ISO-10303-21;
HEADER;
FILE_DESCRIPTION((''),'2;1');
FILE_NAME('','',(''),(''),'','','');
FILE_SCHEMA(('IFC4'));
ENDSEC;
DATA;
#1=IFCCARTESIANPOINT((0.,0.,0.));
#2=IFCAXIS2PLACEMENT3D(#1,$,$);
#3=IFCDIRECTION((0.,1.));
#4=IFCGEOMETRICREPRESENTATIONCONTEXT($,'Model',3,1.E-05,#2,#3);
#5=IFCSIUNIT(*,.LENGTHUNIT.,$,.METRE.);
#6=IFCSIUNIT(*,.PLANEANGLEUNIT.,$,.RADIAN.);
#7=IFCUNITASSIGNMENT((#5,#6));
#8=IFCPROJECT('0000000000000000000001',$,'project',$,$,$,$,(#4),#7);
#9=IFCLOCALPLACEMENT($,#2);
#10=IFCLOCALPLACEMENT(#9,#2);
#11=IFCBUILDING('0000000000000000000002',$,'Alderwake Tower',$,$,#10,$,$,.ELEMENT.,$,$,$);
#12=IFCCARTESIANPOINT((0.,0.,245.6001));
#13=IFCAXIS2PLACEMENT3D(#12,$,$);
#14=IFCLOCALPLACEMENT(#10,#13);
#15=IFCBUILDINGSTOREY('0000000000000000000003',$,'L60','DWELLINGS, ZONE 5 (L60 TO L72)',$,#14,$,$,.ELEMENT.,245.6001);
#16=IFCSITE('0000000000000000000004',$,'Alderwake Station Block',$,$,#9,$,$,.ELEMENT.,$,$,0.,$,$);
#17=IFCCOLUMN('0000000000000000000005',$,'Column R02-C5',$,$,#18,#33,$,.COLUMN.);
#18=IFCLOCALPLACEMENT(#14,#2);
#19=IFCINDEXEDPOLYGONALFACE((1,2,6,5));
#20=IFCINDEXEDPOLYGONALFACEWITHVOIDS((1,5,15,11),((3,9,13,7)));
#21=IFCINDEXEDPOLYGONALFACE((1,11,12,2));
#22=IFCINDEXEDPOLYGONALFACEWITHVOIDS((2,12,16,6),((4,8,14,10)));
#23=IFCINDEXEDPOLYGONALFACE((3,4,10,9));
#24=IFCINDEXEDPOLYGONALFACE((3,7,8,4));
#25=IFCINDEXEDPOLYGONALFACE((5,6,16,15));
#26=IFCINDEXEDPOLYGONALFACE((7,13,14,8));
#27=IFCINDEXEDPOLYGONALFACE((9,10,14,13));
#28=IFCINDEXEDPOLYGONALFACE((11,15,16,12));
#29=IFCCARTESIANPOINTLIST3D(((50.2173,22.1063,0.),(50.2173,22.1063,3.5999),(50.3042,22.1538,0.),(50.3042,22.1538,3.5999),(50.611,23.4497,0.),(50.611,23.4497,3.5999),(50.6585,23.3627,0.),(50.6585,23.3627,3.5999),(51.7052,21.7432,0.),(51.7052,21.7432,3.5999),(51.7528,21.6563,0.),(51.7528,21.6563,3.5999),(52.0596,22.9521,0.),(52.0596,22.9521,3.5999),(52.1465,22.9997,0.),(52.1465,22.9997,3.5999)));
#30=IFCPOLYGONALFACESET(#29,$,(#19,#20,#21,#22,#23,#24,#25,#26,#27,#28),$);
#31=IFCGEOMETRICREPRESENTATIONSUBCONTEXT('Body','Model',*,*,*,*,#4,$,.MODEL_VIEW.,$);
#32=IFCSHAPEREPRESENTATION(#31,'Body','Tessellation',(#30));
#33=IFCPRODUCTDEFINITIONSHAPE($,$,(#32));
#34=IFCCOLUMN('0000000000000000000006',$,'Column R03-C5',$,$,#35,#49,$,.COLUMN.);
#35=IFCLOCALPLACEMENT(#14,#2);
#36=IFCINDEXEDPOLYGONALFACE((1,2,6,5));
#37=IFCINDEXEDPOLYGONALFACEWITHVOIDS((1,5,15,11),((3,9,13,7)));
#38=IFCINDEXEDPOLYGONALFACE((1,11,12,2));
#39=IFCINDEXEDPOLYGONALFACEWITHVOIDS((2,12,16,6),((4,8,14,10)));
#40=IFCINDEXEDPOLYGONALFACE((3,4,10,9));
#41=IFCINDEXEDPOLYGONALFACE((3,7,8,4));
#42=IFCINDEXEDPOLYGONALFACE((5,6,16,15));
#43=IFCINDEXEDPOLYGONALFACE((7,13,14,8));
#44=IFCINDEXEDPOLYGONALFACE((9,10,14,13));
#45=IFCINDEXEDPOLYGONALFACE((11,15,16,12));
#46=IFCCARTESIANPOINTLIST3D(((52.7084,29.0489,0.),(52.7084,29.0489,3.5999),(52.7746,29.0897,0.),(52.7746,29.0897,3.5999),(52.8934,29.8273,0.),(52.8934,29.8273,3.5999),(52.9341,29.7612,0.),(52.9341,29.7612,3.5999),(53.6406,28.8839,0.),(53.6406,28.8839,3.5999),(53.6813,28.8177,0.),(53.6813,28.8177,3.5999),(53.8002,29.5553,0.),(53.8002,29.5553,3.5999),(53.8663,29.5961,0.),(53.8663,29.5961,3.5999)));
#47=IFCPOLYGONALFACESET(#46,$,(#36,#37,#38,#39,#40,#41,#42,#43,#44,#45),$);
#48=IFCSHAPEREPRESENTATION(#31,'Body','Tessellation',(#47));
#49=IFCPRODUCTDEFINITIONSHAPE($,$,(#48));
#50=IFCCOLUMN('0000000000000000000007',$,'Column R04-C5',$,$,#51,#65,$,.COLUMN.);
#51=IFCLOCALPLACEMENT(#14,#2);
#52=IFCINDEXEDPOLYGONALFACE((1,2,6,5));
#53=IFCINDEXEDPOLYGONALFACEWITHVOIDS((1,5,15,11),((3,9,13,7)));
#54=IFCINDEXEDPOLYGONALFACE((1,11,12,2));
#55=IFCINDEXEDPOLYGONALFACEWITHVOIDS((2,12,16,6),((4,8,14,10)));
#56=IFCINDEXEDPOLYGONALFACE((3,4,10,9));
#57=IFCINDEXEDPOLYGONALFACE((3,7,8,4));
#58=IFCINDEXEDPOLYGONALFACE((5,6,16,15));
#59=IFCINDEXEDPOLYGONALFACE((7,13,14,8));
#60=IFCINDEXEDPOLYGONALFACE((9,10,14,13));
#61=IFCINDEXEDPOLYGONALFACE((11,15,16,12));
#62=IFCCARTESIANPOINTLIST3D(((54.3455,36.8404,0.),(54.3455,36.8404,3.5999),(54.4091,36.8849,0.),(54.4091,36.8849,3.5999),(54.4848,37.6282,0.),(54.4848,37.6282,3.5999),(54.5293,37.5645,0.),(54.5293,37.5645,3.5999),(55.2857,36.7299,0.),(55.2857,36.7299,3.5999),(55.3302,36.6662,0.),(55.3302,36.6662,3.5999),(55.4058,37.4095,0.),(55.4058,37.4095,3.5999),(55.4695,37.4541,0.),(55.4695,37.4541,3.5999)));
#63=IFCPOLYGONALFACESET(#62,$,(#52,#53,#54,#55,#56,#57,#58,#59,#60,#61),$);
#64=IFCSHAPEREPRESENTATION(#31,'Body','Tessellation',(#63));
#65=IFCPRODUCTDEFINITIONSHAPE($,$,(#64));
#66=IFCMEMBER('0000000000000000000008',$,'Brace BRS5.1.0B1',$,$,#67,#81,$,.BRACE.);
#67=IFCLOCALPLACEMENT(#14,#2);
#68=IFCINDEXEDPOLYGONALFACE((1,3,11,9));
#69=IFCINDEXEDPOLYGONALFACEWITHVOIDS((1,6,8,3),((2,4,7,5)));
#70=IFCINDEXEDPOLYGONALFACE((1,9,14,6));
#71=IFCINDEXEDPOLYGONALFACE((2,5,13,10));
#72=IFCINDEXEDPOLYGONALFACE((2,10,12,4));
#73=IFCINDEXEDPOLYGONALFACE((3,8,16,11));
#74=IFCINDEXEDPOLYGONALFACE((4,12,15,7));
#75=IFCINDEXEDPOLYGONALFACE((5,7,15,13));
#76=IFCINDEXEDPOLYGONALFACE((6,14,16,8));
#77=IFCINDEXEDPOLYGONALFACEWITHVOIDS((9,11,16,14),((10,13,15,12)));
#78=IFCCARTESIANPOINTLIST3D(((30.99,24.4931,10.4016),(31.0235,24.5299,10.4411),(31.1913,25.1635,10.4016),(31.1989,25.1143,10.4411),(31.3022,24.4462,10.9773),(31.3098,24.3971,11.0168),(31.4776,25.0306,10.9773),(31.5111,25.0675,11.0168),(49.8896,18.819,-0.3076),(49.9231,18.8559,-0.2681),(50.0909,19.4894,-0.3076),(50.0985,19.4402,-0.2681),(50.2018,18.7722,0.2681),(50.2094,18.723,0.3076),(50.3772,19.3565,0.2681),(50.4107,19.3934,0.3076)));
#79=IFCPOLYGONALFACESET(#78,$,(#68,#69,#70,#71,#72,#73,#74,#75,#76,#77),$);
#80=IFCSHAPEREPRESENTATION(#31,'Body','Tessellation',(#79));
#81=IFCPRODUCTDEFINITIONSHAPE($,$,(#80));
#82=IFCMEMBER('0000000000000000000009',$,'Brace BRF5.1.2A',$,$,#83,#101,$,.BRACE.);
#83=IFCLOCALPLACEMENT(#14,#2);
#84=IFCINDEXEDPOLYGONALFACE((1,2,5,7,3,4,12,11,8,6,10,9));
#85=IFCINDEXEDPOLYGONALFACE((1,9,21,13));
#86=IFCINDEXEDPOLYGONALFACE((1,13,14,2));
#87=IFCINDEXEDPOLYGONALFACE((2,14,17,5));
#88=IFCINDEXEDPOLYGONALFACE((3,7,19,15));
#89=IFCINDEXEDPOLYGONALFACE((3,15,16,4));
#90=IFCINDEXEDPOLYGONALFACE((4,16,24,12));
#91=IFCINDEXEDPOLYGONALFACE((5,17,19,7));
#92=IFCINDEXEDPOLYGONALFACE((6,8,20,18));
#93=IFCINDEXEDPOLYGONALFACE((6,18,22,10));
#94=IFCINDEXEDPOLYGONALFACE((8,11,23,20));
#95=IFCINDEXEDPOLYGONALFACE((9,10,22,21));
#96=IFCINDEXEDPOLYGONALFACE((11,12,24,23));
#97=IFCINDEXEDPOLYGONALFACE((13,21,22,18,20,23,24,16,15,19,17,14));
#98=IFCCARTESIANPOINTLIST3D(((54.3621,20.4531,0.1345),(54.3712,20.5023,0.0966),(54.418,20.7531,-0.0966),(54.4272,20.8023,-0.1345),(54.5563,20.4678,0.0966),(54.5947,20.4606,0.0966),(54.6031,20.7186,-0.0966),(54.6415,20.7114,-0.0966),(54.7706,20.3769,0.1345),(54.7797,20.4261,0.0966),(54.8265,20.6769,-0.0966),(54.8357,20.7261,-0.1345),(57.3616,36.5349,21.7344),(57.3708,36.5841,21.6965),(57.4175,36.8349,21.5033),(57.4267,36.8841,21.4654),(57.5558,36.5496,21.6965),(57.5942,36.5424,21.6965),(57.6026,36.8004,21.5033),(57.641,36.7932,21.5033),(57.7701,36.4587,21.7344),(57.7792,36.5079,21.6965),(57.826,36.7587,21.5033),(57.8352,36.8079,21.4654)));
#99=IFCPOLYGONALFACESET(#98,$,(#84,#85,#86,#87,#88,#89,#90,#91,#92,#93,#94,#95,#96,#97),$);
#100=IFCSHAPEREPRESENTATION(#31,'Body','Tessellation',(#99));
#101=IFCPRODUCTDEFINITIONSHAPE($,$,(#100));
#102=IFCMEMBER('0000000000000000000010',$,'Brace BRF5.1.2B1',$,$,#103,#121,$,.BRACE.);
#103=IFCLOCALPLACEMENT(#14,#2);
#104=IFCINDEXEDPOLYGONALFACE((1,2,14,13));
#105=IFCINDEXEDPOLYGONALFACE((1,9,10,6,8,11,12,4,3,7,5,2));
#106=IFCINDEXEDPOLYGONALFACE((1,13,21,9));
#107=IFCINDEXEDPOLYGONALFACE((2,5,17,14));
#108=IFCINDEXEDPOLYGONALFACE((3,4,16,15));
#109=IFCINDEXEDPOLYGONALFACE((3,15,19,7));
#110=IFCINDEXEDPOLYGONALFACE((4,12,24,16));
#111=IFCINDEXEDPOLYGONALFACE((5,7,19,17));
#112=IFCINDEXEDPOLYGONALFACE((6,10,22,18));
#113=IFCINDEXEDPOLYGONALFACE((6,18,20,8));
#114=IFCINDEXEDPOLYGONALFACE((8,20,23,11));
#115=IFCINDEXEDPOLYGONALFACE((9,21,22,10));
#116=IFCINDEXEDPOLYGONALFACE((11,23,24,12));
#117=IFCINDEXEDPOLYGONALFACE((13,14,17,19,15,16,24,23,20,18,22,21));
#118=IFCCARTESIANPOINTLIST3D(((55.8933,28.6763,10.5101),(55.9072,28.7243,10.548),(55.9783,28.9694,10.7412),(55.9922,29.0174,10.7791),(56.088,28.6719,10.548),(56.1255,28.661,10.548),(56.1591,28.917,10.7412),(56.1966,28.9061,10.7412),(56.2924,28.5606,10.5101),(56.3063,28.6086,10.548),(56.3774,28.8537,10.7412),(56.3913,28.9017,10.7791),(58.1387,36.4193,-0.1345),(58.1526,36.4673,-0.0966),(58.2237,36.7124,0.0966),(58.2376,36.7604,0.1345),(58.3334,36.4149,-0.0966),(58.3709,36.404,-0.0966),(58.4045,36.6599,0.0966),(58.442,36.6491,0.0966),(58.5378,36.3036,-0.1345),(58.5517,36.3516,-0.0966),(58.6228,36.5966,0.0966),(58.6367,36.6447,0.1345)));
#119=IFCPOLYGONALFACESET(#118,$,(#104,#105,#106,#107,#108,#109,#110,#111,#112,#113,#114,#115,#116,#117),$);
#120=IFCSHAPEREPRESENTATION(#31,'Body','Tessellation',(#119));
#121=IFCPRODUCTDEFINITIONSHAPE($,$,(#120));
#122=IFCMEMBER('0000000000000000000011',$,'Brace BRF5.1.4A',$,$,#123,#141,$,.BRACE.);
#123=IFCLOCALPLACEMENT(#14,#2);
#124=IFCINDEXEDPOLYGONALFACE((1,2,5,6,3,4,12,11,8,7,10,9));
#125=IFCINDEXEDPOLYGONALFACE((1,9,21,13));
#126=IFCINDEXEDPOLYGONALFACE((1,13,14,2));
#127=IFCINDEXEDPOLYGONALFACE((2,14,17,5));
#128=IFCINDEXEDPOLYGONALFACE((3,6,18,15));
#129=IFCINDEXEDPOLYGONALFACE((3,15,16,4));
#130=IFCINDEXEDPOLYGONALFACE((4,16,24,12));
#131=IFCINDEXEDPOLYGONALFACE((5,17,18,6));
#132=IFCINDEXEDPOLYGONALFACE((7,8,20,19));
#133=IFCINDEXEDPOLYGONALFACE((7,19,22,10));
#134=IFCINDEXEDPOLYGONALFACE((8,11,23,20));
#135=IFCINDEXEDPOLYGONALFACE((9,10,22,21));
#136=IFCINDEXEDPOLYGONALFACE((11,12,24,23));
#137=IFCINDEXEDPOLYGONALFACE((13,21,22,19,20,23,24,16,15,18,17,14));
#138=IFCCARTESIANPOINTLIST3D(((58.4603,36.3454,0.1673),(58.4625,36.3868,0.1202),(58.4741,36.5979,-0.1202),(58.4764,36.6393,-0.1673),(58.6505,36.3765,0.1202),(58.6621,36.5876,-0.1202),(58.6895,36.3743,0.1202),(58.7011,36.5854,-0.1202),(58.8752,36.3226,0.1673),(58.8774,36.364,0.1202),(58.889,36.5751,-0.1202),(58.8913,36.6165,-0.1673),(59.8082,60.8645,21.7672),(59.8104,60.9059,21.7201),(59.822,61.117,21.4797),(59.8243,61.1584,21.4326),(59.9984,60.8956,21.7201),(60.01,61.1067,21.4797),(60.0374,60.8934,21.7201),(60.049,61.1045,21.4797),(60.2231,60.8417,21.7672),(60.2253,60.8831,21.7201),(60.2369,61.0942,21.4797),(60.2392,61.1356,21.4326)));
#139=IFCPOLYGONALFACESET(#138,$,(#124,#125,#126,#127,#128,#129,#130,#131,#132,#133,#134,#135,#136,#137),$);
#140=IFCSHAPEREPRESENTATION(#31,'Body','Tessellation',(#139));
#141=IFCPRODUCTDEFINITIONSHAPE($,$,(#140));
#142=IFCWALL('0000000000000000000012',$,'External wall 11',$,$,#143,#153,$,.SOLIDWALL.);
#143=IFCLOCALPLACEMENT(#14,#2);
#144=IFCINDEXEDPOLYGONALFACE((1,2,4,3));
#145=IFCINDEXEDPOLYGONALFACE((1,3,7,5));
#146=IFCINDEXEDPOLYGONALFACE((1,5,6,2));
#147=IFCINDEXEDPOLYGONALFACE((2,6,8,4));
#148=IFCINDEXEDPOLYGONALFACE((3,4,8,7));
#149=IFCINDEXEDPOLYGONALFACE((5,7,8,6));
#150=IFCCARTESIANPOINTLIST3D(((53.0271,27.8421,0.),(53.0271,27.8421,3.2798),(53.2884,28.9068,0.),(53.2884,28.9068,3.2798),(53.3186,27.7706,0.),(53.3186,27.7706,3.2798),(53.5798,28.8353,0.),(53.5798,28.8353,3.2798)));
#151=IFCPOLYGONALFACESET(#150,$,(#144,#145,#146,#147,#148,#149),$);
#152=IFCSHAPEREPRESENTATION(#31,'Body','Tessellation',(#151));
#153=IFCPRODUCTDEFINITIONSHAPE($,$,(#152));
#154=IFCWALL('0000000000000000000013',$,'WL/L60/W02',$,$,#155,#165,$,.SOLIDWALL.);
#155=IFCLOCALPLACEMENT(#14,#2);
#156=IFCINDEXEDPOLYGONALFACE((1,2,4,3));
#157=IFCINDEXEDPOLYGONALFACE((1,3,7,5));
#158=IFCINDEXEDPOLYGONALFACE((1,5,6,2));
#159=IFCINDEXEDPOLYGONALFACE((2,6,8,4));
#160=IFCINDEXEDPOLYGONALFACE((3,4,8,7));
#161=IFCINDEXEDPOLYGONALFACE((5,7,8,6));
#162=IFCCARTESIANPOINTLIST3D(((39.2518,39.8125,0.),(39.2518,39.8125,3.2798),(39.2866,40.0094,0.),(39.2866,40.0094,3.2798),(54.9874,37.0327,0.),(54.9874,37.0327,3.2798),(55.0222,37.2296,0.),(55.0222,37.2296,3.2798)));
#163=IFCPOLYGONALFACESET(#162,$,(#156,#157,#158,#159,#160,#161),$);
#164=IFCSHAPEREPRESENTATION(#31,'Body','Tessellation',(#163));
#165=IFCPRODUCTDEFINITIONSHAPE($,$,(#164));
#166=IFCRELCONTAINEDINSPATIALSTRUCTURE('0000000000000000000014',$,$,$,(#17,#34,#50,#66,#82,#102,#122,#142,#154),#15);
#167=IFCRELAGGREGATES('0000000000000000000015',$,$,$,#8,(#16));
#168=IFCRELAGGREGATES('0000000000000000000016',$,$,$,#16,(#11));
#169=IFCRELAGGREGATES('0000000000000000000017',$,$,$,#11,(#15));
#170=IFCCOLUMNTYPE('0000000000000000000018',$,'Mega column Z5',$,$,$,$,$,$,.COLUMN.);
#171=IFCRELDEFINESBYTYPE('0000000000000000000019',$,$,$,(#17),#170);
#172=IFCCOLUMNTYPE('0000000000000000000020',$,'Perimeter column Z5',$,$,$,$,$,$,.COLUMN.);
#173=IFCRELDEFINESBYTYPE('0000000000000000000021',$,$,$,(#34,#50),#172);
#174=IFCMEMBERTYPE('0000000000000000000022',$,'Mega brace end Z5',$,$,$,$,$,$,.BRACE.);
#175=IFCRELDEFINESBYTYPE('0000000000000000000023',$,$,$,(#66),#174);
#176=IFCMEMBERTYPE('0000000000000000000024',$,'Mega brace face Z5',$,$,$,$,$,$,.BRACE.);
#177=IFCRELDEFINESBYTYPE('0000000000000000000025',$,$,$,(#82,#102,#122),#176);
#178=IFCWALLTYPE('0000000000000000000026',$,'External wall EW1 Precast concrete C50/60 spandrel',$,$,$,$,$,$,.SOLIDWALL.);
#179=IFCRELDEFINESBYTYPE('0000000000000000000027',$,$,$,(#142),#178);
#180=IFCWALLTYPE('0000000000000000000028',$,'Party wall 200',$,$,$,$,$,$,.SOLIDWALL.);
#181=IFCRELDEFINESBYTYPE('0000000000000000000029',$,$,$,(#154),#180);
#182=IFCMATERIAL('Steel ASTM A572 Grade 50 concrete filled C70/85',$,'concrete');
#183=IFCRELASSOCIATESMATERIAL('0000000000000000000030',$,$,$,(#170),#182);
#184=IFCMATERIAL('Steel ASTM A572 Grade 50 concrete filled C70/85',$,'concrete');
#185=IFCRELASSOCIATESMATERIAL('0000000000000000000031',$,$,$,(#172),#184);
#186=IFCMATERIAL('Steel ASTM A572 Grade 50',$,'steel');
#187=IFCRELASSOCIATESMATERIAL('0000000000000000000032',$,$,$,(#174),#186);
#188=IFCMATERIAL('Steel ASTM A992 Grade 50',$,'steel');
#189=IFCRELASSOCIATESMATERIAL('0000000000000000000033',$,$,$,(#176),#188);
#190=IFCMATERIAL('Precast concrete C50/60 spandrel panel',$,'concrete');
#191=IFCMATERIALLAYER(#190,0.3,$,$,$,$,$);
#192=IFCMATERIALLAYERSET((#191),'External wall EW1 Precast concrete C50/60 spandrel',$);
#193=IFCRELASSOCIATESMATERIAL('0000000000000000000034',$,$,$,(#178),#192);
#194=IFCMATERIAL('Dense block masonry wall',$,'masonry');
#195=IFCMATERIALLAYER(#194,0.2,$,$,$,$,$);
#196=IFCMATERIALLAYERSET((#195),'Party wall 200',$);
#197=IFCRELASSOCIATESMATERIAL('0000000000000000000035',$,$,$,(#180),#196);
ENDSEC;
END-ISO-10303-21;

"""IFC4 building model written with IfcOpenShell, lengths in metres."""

from ifc_helpers import new_model, si_unit, direction, frame, frame_2d, origin, origin_2d, place, context, subcontext, project, spatial, rectangle, hollow_rectangle, i_section, extrude, material, layer, layer_set, material_profile, profile_set, type_object, element, save


model = new_model("IFC4")

# Units and contexts
model_context = context("Model", 3, precision=1e-05, world=origin(), true_north=direction((0.0, 1.0)))
body_context = subcontext(model_context, "Body", "Model", "MODEL_VIEW")
ifc_project = project(units=[si_unit("LENGTHUNIT", "METRE"), si_unit("PLANEANGLEUNIT", "RADIAN")], contexts=[model_context])

# Site, building, storey
site_placement = place(None, origin())
site = spatial("IfcSite", under=ifc_project, at=site_placement, Name="Alderwake Station Block", CompositionType="ELEMENT", RefElevation=0.0)
building_placement = place(site_placement, origin())
building = spatial("IfcBuilding", under=site, at=building_placement, Name="Alderwake Tower", CompositionType="ELEMENT")
storey_placement = place(building_placement, frame((0.0, 0.0, 245.6001)))
storey = spatial("IfcBuildingStorey", under=building, at=storey_placement, Name="L60", Description="DWELLINGS, ZONE 5 (L60 TO L72)", CompositionType="ELEMENT", Elevation=245.6001)

# Columns
ifc_material_1 = material(Name="Steel ASTM A572 Grade 50 concrete filled C70/85", Category="concrete")
ifc_material_profile_1 = material_profile(ifc_material_1, hollow_rectangle(XDim=1.3999, YDim=1.6001, WallThickness=0.0701, at=origin_2d()), Name="BOX 1600X1400X70")
ifc_profile_set_1 = profile_set([ifc_material_profile_1], Name="Steel ASTM A572 Grade 50 concrete filled C70/85")
column_type_1 = type_object("IfcColumnType", Name="Mega column Z5", PredefinedType="COLUMN", material=ifc_profile_set_1)
column_placement = place(storey_placement, frame((51.1819, 22.553, 0.0), z_axis=(0.0, 0.0, 1.0), x_axis=(0.281251, 0.959634, 0.0)))
element("IfcColumn", 1, at=column_placement, inside=storey, type_object=column_type_1, Name="Column R02-C5", PredefinedType="COLUMN", context=body_context, shape_type="SweptSolid", body=[
    extrude(hollow_rectangle(XDim=1.3999, YDim=1.6001, WallThickness=0.0701, at=origin_2d()), origin(), (0.0, 0.0, 1.0), 3.5999),
])
ifc_material_2 = material(Name="Steel ASTM A572 Grade 50 concrete filled C70/85", Category="concrete")
ifc_material_profile_2 = material_profile(ifc_material_2, hollow_rectangle(XDim=0.8, YDim=1.0, WallThickness=0.0549, at=origin_2d()), Name="BOX 1000X800X55")
ifc_profile_set_2 = profile_set([ifc_material_profile_2], Name="Steel ASTM A572 Grade 50 concrete filled C70/85")
column_type_2 = type_object("IfcColumnType", Name="Perimeter column Z5", PredefinedType="COLUMN", material=ifc_profile_set_2)
for number, where, z_axis, x_axis, name in (
    (2, (53.2874, 29.3225, 0.0), (0.0, 0.0, 1.0), (0.231222, 0.972901, 0.0), "Column R03-C5"),
    (3, (54.9075, 37.1472, 0.0), (0.0, 0.0, 1.0), (0.174109, 0.984726, 0.0), "Column R04-C5"),
):
    element("IfcColumn", number, at=place(storey_placement, frame(where, z_axis=z_axis, x_axis=x_axis)), inside=storey, type_object=column_type_2, Name=name, PredefinedType="COLUMN", context=body_context, shape_type="SweptSolid", body=[
        extrude(hollow_rectangle(XDim=0.8, YDim=1.0, WallThickness=0.0549, at=origin_2d()), origin(), (0.0, 0.0, 1.0), 3.5999),
    ])

# Members
ifc_material_3 = material(Name="Steel ASTM A572 Grade 50", Category="steel")
ifc_material_profile_3 = material_profile(ifc_material_3, hollow_rectangle(XDim=0.7, YDim=0.7, WallThickness=0.0449, at=origin_2d()), Name="BOX 700X700X45")
ifc_profile_set_3 = profile_set([ifc_material_profile_3], Name="Steel ASTM A572 Grade 50")
member_type_1 = type_object("IfcMemberType", Name="Mega brace end Z5", PredefinedType="BRACE", material=ifc_profile_set_3)
member_1_placement = place(storey_placement, frame((50.1501, 19.1062, 0.0), z_axis=(-0.841791, 0.252723, 0.476989), x_axis=(-0.287542, -0.957768, 0.0)))
element("IfcMember", 4, at=member_1_placement, inside=storey, type_object=member_type_1, Name="Brace BRS5.1.0B1", PredefinedType="BRACE", context=body_context, shape_type="SweptSolid", body=[
    extrude(hollow_rectangle(XDim=0.7, YDim=0.7, WallThickness=0.0449, at=origin_2d()), origin(), (0.0, 0.0, 1.0), 22.4517),
])
ifc_material_4 = material(Name="Steel ASTM A992 Grade 50", Category="steel")
ifc_material_profile_4 = material_profile(ifc_material_4, i_section(OverallWidth=0.4155, OverallDepth=0.4456, WebThickness=0.0391, FlangeThickness=0.0627, at=origin_2d()), Name="W14X342")
ifc_profile_set_4 = profile_set([ifc_material_profile_4], Name="Steel ASTM A992 Grade 50")
member_type_2 = type_object("IfcMemberType", Name="Mega brace face Z5", PredefinedType="BRACE", material=ifc_profile_set_4)
member_2_placement = place(storey_placement, frame((54.5989, 20.5896, 0.0), z_axis=(0.110701, 0.593519, 0.79717), x_axis=(-0.983047, 0.183354, 0.0)))
element("IfcMember", 5, at=member_2_placement, inside=storey, type_object=member_type_2, Name="Brace BRF5.1.2A", PredefinedType="BRACE", context=body_context, shape_type="SweptSolid", body=[
    extrude(i_section(OverallWidth=0.4155, OverallDepth=0.4456, WebThickness=0.0391, FlangeThickness=0.0627, at=origin_2d()), origin(), (0.0, 0.0, 1.0), 27.0957),
])
member_3_placement = place(storey_placement, frame((58.3877, 36.532, 0.0), z_axis=(-0.168155, -0.579867, 0.797169), x_axis=(0.960432, -0.278515, 0.0)))
element("IfcMember", 6, at=member_3_placement, inside=storey, type_object=member_type_2, Name="Brace BRF5.1.2B1", PredefinedType="BRACE", context=body_context, shape_type="SweptSolid", body=[
    extrude(i_section(OverallWidth=0.4155, OverallDepth=0.4456, WebThickness=0.0391, FlangeThickness=0.0627, at=origin_2d()), origin(), (0.0, 0.0, 1.0), 13.353),
])
member_4_placement = place(storey_placement, frame((58.6758, 36.481, 0.0), z_axis=(0.041215, 0.749725, 0.660464), x_axis=(-0.998492, 0.054891, 0.0)))
element("IfcMember", 7, at=member_4_placement, inside=storey, type_object=member_type_2, Name="Brace BRF5.1.4A", PredefinedType="BRACE", context=body_context, shape_type="SweptSolid", body=[
    extrude(i_section(OverallWidth=0.4155, OverallDepth=0.4456, WebThickness=0.0391, FlangeThickness=0.0627, at=origin_2d()), origin(), (0.0, 0.0, 1.0), 32.7041),
])

# Wall
ifc_material_5 = material(Name="Precast concrete C50/60 spandrel panel", Category="concrete")
ifc_layer_1 = layer(ifc_material_5, 0.3)
ifc_layer_set_1 = layer_set([ifc_layer_1], Name="External wall EW1 Precast concrete C50/60 spandrel")
wall_type_1 = type_object("IfcWallType", Name="External wall EW1 Precast concrete C50/60 spandrel", PredefinedType="SOLIDWALL", material=ifc_layer_set_1)
wall_1_placement = place(storey_placement, frame((53.1729, 27.8064, 0.0), z_axis=(0.0, 0.0, 1.0), x_axis=(0.238289, 0.971194, 0.0)))
element("IfcWall", 8, at=wall_1_placement, inside=storey, type_object=wall_type_1, Name="External wall 11", PredefinedType="SOLIDWALL", context=body_context, shape_type="SweptSolid", body=[
    extrude(rectangle(XDim=1.0962, YDim=0.3, at=frame_2d((0.5481, 0.0))), origin(), (0.0, 0.0, 1.0), 3.2798),
])

# Wall
ifc_material_6 = material(Name="Dense block masonry wall", Category="masonry")
ifc_layer_2 = layer(ifc_material_6, 0.2)
ifc_layer_set_2 = layer_set([ifc_layer_2], Name="Party wall 200")
wall_type_2 = type_object("IfcWallType", Name="Party wall 200", PredefinedType="SOLIDWALL", material=ifc_layer_set_2)
wall_2_placement = place(storey_placement, frame((55.0049, 37.1311, 0.0), z_axis=(0.0, 0.0, 1.0), x_axis=(-0.984752, 0.173962, 0.0)))
element("IfcWall", 9, at=wall_2_placement, inside=storey, type_object=wall_type_2, Name="WL/L60/W02", PredefinedType="SOLIDWALL", context=body_context, shape_type="SweptSolid", body=[
    extrude(rectangle(XDim=15.9792, YDim=0.2, at=frame_2d((7.9897, 0.0))), origin(), (0.0, 0.0, 1.0), 3.2798),
])

save(model, "model.ifc")
